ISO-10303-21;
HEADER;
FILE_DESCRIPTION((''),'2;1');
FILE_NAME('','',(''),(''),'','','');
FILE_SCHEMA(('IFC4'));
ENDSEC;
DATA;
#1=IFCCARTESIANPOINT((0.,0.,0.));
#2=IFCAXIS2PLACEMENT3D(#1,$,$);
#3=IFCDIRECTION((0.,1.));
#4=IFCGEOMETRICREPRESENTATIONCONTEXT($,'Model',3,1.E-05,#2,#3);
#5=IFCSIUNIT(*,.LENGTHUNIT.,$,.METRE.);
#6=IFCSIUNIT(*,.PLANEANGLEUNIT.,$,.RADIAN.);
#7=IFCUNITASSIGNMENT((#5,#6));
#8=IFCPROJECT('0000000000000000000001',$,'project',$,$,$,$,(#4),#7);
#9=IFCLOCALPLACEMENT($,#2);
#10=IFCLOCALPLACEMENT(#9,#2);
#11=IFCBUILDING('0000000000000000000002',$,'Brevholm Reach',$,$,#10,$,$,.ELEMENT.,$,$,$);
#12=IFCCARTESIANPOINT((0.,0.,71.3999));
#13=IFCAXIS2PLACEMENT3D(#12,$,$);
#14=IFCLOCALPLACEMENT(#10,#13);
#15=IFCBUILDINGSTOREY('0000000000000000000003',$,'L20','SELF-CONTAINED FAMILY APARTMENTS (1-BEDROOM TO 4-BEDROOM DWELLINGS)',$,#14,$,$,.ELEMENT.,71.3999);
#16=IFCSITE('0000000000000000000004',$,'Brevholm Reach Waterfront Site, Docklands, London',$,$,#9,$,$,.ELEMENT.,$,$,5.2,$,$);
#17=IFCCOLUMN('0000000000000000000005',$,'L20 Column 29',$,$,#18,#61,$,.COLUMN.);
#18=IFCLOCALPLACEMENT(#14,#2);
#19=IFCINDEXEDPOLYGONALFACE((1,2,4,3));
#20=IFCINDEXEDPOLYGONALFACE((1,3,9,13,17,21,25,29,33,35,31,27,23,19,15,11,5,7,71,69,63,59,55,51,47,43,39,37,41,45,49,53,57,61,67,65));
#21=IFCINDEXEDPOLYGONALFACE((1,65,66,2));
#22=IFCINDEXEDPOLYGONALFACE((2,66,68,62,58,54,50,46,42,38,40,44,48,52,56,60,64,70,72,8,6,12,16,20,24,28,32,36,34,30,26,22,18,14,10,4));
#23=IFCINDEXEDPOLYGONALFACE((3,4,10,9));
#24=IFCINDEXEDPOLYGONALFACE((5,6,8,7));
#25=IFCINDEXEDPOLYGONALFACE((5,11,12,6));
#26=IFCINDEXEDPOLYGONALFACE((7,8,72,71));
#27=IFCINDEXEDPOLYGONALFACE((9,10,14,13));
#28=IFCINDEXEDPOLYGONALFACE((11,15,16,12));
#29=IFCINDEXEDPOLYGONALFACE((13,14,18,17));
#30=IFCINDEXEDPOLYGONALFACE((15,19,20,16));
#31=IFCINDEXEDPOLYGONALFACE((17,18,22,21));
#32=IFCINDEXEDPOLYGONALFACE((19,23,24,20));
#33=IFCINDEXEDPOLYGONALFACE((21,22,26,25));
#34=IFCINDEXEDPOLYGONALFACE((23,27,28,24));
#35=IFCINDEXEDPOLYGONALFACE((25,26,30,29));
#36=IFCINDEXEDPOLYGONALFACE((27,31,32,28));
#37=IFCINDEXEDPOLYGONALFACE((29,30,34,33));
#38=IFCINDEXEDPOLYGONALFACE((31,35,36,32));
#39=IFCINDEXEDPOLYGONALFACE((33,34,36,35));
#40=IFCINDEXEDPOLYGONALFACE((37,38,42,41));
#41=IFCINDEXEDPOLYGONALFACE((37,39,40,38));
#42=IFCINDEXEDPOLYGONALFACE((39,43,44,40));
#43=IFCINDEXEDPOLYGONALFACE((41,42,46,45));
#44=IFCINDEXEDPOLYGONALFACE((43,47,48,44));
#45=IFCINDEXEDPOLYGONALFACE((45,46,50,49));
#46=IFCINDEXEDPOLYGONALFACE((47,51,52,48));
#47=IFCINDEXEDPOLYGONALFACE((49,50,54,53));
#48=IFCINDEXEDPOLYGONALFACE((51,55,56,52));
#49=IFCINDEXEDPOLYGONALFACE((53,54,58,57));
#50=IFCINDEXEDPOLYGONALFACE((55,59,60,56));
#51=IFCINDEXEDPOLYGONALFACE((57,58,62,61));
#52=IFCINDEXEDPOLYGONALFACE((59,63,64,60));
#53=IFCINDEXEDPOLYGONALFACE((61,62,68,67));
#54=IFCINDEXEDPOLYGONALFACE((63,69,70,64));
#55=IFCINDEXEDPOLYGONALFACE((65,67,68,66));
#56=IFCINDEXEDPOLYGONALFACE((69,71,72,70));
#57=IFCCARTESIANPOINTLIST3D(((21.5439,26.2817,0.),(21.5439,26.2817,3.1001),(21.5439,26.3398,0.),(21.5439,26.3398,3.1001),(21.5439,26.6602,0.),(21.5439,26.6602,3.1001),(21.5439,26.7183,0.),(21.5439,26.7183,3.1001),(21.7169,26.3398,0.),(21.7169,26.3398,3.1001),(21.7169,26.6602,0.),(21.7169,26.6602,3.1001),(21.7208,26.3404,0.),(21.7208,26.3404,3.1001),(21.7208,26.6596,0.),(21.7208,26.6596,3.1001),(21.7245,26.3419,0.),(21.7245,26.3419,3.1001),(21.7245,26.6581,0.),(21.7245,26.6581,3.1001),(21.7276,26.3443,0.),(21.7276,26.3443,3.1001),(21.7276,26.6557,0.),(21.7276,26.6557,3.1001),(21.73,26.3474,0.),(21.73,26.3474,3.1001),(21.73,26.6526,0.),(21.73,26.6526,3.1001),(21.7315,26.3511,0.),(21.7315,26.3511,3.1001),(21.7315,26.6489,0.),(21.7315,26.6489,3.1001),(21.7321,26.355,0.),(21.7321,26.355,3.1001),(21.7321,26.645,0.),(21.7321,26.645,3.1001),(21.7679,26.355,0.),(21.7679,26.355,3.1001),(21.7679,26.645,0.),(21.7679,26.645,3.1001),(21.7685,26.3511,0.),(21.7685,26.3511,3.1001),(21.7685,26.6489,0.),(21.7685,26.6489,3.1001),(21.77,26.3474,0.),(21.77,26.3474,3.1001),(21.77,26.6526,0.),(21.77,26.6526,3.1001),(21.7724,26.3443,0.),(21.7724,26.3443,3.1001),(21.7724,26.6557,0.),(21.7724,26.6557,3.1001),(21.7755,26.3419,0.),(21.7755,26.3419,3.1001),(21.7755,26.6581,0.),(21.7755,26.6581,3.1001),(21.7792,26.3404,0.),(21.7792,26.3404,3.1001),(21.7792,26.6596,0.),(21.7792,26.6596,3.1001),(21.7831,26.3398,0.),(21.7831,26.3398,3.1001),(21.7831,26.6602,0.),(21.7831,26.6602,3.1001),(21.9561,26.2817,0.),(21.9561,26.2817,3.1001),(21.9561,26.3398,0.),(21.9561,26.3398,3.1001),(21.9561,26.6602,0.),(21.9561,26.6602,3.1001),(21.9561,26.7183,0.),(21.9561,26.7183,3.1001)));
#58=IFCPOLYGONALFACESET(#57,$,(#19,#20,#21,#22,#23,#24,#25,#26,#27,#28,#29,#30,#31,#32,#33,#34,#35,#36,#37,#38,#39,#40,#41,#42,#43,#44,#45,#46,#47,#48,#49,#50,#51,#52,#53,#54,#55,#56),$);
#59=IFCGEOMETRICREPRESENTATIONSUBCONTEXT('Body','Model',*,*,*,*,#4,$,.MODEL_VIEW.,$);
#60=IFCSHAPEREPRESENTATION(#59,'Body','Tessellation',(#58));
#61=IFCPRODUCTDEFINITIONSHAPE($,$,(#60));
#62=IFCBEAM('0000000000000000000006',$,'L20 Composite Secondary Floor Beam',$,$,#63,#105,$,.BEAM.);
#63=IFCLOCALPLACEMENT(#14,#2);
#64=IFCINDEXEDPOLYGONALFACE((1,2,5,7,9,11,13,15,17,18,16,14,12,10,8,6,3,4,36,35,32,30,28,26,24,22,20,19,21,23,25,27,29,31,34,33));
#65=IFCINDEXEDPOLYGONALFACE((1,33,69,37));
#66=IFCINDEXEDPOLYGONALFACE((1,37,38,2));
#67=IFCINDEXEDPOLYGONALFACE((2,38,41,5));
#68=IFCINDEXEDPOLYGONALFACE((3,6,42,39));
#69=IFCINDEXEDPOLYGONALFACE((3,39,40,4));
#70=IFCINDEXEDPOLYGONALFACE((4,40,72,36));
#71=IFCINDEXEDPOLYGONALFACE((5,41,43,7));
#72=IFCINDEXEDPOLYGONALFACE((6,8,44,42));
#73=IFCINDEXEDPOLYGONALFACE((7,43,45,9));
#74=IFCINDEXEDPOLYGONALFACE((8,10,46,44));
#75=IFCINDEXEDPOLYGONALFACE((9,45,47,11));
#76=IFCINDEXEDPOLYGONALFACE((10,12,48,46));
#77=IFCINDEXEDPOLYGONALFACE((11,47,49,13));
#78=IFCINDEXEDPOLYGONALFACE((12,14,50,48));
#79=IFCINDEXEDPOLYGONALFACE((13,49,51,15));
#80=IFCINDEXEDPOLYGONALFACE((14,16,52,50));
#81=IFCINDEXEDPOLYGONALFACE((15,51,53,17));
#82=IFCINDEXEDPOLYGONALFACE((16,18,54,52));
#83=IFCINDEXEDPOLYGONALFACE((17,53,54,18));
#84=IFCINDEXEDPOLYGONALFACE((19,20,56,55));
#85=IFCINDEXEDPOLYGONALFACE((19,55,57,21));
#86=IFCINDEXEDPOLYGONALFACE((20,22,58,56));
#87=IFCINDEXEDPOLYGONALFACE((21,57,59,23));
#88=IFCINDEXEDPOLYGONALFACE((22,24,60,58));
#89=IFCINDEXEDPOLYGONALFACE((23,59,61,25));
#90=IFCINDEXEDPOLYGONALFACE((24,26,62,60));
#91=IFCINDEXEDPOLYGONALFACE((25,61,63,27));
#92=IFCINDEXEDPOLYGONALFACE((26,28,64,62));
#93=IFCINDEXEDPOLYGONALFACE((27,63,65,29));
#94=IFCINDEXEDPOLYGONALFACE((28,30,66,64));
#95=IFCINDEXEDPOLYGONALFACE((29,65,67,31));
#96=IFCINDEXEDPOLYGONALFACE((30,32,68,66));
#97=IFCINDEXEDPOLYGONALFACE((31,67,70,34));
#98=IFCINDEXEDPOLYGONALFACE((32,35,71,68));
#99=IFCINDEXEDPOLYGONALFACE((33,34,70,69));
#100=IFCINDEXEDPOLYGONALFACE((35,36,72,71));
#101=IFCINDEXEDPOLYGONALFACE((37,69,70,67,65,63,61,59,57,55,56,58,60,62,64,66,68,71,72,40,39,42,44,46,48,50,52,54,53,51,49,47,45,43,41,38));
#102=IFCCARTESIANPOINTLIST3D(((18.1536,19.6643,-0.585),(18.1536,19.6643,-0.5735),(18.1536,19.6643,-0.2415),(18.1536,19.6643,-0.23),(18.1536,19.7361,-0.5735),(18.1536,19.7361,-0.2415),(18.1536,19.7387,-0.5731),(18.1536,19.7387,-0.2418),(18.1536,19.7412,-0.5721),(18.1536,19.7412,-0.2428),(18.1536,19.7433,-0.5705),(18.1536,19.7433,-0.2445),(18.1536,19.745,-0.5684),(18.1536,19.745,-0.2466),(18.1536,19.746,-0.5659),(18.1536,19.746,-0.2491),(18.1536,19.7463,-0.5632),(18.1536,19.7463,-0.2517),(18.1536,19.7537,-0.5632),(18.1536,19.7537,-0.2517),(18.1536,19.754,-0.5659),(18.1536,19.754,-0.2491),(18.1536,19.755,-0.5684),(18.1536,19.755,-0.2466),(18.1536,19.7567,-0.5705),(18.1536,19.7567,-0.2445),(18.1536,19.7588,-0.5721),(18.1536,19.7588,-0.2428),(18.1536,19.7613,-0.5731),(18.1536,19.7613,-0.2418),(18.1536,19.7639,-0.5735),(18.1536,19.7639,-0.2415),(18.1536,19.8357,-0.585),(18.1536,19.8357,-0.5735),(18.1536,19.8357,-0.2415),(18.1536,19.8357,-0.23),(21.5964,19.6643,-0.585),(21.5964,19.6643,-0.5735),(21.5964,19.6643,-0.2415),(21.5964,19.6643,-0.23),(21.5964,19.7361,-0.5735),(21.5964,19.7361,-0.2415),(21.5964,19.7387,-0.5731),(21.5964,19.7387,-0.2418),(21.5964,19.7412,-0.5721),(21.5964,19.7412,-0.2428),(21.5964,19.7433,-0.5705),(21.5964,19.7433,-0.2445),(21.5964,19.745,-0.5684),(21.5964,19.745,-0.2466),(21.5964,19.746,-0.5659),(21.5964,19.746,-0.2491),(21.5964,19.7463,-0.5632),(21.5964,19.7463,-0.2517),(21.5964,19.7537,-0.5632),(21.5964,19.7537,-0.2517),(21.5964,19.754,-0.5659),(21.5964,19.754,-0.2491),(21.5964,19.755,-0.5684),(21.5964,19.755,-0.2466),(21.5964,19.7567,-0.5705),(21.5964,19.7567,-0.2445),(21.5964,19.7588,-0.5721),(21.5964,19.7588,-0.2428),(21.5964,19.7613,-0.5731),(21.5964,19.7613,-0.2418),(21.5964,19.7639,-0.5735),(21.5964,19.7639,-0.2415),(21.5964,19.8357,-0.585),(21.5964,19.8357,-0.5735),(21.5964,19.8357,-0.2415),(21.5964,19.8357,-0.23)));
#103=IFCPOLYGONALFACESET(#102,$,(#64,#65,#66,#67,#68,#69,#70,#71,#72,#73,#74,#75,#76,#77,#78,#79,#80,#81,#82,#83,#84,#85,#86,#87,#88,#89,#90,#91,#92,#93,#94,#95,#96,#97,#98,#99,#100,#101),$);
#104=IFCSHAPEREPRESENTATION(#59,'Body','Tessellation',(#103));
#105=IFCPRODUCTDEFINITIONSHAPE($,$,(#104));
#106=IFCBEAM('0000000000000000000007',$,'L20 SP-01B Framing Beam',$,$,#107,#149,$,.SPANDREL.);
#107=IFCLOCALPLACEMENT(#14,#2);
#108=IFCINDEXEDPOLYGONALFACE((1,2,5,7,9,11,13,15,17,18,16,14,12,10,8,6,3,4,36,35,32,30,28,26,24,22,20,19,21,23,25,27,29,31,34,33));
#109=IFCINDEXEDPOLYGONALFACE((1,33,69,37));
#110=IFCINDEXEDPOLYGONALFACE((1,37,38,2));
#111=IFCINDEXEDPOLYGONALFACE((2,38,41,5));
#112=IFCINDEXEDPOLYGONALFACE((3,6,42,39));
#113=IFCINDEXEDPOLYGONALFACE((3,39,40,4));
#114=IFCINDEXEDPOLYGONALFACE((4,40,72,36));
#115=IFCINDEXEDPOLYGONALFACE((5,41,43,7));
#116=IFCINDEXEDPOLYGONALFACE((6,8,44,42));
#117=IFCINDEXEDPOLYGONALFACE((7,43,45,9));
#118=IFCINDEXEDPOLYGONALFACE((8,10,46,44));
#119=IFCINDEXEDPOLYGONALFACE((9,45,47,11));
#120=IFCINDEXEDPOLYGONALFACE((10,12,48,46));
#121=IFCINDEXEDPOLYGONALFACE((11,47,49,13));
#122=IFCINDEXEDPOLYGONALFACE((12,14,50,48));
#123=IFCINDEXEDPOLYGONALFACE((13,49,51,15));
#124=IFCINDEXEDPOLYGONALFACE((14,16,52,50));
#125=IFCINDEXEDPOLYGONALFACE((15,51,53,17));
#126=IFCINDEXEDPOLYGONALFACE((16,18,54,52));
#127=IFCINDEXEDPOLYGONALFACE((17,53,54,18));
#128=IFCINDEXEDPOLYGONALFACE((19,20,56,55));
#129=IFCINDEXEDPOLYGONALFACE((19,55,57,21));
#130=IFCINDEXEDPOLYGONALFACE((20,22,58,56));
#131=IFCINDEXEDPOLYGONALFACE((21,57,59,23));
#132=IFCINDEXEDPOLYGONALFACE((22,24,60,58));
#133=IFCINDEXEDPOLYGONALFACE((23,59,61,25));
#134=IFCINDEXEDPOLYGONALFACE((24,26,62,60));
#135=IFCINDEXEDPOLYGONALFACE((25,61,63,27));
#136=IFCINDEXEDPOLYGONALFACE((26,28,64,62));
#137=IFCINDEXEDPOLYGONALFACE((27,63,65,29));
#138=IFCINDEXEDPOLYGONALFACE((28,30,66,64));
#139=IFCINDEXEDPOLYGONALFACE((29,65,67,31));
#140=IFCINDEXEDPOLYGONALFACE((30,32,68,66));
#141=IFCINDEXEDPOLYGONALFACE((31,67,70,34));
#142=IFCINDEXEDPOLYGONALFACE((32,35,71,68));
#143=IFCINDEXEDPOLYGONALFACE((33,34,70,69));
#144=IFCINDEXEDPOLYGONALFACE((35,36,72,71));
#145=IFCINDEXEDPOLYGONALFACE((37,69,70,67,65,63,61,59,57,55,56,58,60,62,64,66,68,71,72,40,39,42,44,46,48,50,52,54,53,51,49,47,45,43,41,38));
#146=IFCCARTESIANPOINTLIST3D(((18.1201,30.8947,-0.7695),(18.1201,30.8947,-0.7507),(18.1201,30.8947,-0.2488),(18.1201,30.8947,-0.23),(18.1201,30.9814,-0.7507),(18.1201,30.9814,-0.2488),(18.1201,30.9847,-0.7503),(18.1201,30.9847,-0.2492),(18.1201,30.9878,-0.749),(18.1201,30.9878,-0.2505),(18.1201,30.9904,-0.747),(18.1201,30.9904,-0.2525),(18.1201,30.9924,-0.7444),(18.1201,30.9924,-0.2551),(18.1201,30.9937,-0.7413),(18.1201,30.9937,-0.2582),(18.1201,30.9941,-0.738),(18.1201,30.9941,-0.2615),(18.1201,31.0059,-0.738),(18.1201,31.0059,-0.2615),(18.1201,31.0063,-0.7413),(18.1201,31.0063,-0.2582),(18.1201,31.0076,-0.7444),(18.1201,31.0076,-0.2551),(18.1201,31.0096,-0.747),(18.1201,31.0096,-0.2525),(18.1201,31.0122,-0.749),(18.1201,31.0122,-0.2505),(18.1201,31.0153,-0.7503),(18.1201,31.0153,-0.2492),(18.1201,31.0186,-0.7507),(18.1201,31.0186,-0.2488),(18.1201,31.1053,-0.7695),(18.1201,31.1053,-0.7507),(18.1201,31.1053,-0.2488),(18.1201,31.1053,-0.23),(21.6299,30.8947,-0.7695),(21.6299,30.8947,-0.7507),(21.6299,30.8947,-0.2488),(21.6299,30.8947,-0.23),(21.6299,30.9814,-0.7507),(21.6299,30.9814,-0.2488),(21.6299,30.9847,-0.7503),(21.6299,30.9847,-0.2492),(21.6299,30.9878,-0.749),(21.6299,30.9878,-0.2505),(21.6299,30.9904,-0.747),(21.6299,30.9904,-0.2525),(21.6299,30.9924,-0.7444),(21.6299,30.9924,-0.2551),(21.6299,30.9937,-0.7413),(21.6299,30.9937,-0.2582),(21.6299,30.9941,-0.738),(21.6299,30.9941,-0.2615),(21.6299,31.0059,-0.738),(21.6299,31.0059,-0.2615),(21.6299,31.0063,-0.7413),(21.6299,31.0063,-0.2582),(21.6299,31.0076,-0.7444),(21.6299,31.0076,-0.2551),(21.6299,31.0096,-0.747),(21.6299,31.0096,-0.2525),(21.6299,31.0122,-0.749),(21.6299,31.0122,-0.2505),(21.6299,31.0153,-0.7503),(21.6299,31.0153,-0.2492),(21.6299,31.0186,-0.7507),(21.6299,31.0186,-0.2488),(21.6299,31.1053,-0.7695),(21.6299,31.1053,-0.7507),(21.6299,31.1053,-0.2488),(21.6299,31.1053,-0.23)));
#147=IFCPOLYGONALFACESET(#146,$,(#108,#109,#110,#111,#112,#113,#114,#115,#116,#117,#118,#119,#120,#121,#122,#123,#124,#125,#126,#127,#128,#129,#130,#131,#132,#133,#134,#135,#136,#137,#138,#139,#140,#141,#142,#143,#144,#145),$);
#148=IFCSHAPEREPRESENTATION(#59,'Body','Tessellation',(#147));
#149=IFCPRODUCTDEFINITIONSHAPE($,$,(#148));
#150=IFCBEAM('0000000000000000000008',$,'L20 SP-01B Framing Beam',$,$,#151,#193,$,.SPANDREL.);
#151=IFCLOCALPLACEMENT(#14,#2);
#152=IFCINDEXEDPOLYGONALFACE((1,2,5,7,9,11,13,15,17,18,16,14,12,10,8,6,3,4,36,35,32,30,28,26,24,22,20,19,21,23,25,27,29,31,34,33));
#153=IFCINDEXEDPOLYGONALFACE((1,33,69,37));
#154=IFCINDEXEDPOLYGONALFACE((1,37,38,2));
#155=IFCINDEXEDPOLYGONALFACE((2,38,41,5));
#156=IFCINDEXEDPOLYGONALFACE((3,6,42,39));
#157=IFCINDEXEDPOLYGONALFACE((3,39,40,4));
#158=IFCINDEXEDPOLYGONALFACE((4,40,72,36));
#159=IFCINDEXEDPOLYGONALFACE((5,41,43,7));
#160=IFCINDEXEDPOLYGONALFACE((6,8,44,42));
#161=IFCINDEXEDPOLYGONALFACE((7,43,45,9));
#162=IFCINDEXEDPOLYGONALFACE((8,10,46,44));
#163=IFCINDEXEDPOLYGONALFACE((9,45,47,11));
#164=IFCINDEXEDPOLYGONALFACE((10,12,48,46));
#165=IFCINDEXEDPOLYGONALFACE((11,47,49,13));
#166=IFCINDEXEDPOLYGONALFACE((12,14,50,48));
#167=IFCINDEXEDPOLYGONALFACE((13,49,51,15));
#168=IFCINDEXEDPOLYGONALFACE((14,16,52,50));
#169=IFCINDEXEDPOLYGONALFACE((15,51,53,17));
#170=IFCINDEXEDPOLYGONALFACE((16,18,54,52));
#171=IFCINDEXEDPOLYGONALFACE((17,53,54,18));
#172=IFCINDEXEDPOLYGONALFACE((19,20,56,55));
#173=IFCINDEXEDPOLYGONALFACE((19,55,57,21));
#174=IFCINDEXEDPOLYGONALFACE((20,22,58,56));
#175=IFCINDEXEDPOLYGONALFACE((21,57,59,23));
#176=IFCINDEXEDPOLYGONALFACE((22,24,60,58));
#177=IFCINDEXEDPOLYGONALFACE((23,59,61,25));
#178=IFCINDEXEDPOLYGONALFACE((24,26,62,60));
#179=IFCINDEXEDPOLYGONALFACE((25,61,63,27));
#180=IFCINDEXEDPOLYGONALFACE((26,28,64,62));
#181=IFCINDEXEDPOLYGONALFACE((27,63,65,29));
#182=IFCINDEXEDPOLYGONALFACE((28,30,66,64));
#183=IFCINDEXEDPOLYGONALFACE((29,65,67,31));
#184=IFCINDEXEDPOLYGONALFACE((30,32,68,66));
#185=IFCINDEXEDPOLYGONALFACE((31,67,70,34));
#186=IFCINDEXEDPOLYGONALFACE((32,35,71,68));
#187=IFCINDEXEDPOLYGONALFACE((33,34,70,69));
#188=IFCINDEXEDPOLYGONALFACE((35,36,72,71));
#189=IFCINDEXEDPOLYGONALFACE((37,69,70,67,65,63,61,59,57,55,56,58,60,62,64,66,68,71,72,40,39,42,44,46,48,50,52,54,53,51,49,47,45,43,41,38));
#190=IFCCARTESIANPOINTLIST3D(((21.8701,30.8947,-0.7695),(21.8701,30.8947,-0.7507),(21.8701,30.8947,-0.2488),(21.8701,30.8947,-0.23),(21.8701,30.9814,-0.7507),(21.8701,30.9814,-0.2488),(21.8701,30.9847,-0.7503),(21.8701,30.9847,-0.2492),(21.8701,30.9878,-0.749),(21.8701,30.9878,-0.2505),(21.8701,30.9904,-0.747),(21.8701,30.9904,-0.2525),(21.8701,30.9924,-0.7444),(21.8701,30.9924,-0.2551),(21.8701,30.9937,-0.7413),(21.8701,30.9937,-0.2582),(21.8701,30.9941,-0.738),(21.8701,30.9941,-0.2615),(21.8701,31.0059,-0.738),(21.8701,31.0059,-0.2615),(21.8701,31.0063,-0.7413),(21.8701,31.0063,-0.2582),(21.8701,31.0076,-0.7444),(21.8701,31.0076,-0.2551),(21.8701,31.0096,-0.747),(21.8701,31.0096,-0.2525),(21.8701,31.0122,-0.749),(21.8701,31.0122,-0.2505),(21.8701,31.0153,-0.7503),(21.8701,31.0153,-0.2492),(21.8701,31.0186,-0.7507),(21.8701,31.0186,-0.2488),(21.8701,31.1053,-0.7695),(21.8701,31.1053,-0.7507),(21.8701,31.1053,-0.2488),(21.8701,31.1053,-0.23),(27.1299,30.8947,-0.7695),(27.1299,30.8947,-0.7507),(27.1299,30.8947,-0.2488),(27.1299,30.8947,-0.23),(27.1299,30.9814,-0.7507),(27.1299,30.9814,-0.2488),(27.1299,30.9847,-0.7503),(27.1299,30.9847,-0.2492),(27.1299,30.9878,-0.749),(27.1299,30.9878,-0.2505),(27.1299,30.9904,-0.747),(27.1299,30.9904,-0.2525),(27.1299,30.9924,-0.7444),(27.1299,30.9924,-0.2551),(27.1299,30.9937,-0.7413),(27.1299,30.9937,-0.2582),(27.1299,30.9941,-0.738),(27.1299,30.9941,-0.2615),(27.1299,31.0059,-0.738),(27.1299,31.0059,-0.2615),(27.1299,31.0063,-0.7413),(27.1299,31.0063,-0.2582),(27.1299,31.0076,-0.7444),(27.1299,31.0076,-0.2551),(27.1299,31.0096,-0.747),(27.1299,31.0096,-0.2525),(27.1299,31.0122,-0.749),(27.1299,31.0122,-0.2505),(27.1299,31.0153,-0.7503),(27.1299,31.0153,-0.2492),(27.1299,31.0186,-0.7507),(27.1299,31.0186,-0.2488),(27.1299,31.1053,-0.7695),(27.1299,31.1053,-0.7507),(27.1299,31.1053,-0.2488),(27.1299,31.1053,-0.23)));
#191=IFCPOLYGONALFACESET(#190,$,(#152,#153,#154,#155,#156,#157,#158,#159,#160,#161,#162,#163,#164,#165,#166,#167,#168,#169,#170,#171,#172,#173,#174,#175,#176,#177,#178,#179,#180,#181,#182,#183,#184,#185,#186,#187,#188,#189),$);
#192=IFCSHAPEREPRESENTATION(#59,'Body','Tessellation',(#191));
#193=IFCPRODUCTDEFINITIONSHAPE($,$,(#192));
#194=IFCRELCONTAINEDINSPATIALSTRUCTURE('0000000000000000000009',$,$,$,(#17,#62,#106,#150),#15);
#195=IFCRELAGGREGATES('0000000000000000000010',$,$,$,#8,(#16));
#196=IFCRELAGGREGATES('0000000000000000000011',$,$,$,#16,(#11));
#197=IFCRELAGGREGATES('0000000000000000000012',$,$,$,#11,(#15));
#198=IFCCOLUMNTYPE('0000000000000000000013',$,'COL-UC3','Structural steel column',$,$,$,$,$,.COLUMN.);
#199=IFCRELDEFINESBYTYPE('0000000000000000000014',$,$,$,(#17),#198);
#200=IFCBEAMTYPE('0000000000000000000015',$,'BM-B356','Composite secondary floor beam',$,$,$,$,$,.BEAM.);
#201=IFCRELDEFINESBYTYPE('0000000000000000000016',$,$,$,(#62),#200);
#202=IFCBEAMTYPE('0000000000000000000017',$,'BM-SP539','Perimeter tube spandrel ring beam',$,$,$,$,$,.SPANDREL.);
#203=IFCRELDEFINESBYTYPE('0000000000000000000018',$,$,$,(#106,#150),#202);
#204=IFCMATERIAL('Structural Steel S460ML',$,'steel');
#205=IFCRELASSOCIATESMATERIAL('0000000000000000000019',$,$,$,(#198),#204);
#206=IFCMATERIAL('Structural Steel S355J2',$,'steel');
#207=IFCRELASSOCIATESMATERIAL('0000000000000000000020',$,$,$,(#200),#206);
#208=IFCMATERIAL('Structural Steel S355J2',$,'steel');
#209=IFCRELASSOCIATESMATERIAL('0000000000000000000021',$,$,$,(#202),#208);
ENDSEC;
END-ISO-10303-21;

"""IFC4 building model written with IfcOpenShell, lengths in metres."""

from ifc_helpers import new_model, si_unit, direction, frame, origin, origin_2d, place, context, subcontext, project, spatial, i_section, extrude, material, material_profile, profile_set, type_object, element, save


model = new_model("IFC4")

# Units and contexts
model_context = context("Model", 3, precision=1e-05, world=origin(), true_north=direction((0.0, 1.0)))
body_context = subcontext(model_context, "Body", "Model", "MODEL_VIEW")
ifc_project = project(units=[si_unit("LENGTHUNIT", "METRE"), si_unit("PLANEANGLEUNIT", "RADIAN")], contexts=[model_context])

# Site, building, storey
site_placement = place(None, origin())
site = spatial("IfcSite", under=ifc_project, at=site_placement, Name="Brevholm Reach Waterfront Site, Docklands, London", CompositionType="ELEMENT", RefElevation=5.2)
building_placement = place(site_placement, origin())
building = spatial("IfcBuilding", under=site, at=building_placement, Name="Brevholm Reach", CompositionType="ELEMENT")
storey_placement = place(building_placement, frame((0.0, 0.0, 71.3999)))
storey = spatial("IfcBuildingStorey", under=building, at=storey_placement, Name="L20", Description="SELF-CONTAINED FAMILY APARTMENTS (1-BEDROOM TO 4-BEDROOM DWELLINGS)", CompositionType="ELEMENT", Elevation=71.3999)

# Column
ifc_material_1 = material(Name="Structural Steel S460ML", Category="steel")
ifc_material_profile_1 = material_profile(ifc_material_1, i_section(OverallWidth=0.4121, OverallDepth=0.4365, WebThickness=0.0359, FlangeThickness=0.0581, FilletRadius=0.0151, at=origin_2d()), Name="UKC 356x406x467")
ifc_profile_set_1 = profile_set([ifc_material_profile_1], Name="Structural Steel S460ML")
column_type_1 = type_object("IfcColumnType", Name="COL-UC3", Description="Structural steel column", PredefinedType="COLUMN", material=ifc_profile_set_1)
for number, where, z_axis, x_axis, name in (
    (1, (21.75, 26.5, 0.0), (0.0, 0.0, 1.0), (1.0, 0.0, 0.0), "L20 Column 29"),
):
    element("IfcColumn", number, at=place(storey_placement, frame(where, z_axis=z_axis, x_axis=x_axis)), inside=storey, type_object=column_type_1, Name=name, PredefinedType="COLUMN", context=body_context, shape_type="SweptSolid", body=[
        extrude(i_section(OverallWidth=0.4121, OverallDepth=0.4365, WebThickness=0.0359, FlangeThickness=0.0581, FilletRadius=0.0151, at=origin_2d()), origin(), (0.0, 0.0, 1.0), 3.1001),
    ])

# Beams
ifc_material_2 = material(Name="Structural Steel S355J2", Category="steel")
ifc_material_profile_2 = material_profile(ifc_material_2, i_section(OverallWidth=0.1714, OverallDepth=0.355, WebThickness=0.0073, FlangeThickness=0.0115, FilletRadius=0.0103, at=origin_2d()), Name="UKB 356x171x51")
ifc_profile_set_2 = profile_set([ifc_material_profile_2], Name="Structural Steel S355J2")
beam_type_1 = type_object("IfcBeamType", Name="BM-B356", Description="Composite secondary floor beam", PredefinedType="BEAM", material=ifc_profile_set_2)
beam_1_placement = place(storey_placement, frame((18.1536, 19.75, -0.4075), z_axis=(1.0, 0.0, 0.0), x_axis=(0.0, 1.0, 0.0)))
element("IfcBeam", 2, at=beam_1_placement, inside=storey, type_object=beam_type_1, Name="L20 Composite Secondary Floor Beam", PredefinedType="BEAM", context=body_context, shape_type="SweptSolid", body=[
    extrude(i_section(OverallWidth=0.1714, OverallDepth=0.355, WebThickness=0.0073, FlangeThickness=0.0115, FilletRadius=0.0103, at=origin_2d()), origin(), (0.0, 0.0, 1.0), 3.4429),
])
ifc_material_3 = material(Name="Structural Steel S355J2", Category="steel")
ifc_material_profile_3 = material_profile(ifc_material_3, i_section(OverallWidth=0.2107, OverallDepth=0.5396, WebThickness=0.0117, FlangeThickness=0.0188, FilletRadius=0.0127, at=origin_2d()), Name="UKB 533x210x109")
ifc_profile_set_3 = profile_set([ifc_material_profile_3], Name="Structural Steel S355J2")
beam_type_2 = type_object("IfcBeamType", Name="BM-SP539", Description="Perimeter tube spandrel ring beam", PredefinedType="SPANDREL", material=ifc_profile_set_3)
beam_2_placement = place(storey_placement, frame((18.1201, 31.0, -0.4998), z_axis=(1.0, 0.0, 0.0), x_axis=(0.0, 1.0, 0.0)))
element("IfcBeam", 3, at=beam_2_placement, inside=storey, type_object=beam_type_2, Name="L20 SP-01B Framing Beam", PredefinedType="SPANDREL", context=body_context, shape_type="SweptSolid", body=[
    extrude(i_section(OverallWidth=0.2107, OverallDepth=0.5396, WebThickness=0.0117, FlangeThickness=0.0188, FilletRadius=0.0127, at=origin_2d()), origin(), (0.0, 0.0, 1.0), 3.5098),
])
for number, where, z_axis, x_axis, name in (
    (4, (21.8701, 31.0, -0.4998), (1.0, 0.0, 0.0), (0.0, 1.0, 0.0), "L20 SP-01B Framing Beam"),
):
    element("IfcBeam", number, at=place(storey_placement, frame(where, z_axis=z_axis, x_axis=x_axis)), inside=storey, type_object=beam_type_2, Name=name, PredefinedType="SPANDREL", context=body_context, shape_type="SweptSolid", body=[
        extrude(i_section(OverallWidth=0.2107, OverallDepth=0.5396, WebThickness=0.0117, FlangeThickness=0.0188, FilletRadius=0.0127, at=origin_2d()), origin(), (0.0, 0.0, 1.0), 5.2598),
    ])

save(model, "model.ifc")
